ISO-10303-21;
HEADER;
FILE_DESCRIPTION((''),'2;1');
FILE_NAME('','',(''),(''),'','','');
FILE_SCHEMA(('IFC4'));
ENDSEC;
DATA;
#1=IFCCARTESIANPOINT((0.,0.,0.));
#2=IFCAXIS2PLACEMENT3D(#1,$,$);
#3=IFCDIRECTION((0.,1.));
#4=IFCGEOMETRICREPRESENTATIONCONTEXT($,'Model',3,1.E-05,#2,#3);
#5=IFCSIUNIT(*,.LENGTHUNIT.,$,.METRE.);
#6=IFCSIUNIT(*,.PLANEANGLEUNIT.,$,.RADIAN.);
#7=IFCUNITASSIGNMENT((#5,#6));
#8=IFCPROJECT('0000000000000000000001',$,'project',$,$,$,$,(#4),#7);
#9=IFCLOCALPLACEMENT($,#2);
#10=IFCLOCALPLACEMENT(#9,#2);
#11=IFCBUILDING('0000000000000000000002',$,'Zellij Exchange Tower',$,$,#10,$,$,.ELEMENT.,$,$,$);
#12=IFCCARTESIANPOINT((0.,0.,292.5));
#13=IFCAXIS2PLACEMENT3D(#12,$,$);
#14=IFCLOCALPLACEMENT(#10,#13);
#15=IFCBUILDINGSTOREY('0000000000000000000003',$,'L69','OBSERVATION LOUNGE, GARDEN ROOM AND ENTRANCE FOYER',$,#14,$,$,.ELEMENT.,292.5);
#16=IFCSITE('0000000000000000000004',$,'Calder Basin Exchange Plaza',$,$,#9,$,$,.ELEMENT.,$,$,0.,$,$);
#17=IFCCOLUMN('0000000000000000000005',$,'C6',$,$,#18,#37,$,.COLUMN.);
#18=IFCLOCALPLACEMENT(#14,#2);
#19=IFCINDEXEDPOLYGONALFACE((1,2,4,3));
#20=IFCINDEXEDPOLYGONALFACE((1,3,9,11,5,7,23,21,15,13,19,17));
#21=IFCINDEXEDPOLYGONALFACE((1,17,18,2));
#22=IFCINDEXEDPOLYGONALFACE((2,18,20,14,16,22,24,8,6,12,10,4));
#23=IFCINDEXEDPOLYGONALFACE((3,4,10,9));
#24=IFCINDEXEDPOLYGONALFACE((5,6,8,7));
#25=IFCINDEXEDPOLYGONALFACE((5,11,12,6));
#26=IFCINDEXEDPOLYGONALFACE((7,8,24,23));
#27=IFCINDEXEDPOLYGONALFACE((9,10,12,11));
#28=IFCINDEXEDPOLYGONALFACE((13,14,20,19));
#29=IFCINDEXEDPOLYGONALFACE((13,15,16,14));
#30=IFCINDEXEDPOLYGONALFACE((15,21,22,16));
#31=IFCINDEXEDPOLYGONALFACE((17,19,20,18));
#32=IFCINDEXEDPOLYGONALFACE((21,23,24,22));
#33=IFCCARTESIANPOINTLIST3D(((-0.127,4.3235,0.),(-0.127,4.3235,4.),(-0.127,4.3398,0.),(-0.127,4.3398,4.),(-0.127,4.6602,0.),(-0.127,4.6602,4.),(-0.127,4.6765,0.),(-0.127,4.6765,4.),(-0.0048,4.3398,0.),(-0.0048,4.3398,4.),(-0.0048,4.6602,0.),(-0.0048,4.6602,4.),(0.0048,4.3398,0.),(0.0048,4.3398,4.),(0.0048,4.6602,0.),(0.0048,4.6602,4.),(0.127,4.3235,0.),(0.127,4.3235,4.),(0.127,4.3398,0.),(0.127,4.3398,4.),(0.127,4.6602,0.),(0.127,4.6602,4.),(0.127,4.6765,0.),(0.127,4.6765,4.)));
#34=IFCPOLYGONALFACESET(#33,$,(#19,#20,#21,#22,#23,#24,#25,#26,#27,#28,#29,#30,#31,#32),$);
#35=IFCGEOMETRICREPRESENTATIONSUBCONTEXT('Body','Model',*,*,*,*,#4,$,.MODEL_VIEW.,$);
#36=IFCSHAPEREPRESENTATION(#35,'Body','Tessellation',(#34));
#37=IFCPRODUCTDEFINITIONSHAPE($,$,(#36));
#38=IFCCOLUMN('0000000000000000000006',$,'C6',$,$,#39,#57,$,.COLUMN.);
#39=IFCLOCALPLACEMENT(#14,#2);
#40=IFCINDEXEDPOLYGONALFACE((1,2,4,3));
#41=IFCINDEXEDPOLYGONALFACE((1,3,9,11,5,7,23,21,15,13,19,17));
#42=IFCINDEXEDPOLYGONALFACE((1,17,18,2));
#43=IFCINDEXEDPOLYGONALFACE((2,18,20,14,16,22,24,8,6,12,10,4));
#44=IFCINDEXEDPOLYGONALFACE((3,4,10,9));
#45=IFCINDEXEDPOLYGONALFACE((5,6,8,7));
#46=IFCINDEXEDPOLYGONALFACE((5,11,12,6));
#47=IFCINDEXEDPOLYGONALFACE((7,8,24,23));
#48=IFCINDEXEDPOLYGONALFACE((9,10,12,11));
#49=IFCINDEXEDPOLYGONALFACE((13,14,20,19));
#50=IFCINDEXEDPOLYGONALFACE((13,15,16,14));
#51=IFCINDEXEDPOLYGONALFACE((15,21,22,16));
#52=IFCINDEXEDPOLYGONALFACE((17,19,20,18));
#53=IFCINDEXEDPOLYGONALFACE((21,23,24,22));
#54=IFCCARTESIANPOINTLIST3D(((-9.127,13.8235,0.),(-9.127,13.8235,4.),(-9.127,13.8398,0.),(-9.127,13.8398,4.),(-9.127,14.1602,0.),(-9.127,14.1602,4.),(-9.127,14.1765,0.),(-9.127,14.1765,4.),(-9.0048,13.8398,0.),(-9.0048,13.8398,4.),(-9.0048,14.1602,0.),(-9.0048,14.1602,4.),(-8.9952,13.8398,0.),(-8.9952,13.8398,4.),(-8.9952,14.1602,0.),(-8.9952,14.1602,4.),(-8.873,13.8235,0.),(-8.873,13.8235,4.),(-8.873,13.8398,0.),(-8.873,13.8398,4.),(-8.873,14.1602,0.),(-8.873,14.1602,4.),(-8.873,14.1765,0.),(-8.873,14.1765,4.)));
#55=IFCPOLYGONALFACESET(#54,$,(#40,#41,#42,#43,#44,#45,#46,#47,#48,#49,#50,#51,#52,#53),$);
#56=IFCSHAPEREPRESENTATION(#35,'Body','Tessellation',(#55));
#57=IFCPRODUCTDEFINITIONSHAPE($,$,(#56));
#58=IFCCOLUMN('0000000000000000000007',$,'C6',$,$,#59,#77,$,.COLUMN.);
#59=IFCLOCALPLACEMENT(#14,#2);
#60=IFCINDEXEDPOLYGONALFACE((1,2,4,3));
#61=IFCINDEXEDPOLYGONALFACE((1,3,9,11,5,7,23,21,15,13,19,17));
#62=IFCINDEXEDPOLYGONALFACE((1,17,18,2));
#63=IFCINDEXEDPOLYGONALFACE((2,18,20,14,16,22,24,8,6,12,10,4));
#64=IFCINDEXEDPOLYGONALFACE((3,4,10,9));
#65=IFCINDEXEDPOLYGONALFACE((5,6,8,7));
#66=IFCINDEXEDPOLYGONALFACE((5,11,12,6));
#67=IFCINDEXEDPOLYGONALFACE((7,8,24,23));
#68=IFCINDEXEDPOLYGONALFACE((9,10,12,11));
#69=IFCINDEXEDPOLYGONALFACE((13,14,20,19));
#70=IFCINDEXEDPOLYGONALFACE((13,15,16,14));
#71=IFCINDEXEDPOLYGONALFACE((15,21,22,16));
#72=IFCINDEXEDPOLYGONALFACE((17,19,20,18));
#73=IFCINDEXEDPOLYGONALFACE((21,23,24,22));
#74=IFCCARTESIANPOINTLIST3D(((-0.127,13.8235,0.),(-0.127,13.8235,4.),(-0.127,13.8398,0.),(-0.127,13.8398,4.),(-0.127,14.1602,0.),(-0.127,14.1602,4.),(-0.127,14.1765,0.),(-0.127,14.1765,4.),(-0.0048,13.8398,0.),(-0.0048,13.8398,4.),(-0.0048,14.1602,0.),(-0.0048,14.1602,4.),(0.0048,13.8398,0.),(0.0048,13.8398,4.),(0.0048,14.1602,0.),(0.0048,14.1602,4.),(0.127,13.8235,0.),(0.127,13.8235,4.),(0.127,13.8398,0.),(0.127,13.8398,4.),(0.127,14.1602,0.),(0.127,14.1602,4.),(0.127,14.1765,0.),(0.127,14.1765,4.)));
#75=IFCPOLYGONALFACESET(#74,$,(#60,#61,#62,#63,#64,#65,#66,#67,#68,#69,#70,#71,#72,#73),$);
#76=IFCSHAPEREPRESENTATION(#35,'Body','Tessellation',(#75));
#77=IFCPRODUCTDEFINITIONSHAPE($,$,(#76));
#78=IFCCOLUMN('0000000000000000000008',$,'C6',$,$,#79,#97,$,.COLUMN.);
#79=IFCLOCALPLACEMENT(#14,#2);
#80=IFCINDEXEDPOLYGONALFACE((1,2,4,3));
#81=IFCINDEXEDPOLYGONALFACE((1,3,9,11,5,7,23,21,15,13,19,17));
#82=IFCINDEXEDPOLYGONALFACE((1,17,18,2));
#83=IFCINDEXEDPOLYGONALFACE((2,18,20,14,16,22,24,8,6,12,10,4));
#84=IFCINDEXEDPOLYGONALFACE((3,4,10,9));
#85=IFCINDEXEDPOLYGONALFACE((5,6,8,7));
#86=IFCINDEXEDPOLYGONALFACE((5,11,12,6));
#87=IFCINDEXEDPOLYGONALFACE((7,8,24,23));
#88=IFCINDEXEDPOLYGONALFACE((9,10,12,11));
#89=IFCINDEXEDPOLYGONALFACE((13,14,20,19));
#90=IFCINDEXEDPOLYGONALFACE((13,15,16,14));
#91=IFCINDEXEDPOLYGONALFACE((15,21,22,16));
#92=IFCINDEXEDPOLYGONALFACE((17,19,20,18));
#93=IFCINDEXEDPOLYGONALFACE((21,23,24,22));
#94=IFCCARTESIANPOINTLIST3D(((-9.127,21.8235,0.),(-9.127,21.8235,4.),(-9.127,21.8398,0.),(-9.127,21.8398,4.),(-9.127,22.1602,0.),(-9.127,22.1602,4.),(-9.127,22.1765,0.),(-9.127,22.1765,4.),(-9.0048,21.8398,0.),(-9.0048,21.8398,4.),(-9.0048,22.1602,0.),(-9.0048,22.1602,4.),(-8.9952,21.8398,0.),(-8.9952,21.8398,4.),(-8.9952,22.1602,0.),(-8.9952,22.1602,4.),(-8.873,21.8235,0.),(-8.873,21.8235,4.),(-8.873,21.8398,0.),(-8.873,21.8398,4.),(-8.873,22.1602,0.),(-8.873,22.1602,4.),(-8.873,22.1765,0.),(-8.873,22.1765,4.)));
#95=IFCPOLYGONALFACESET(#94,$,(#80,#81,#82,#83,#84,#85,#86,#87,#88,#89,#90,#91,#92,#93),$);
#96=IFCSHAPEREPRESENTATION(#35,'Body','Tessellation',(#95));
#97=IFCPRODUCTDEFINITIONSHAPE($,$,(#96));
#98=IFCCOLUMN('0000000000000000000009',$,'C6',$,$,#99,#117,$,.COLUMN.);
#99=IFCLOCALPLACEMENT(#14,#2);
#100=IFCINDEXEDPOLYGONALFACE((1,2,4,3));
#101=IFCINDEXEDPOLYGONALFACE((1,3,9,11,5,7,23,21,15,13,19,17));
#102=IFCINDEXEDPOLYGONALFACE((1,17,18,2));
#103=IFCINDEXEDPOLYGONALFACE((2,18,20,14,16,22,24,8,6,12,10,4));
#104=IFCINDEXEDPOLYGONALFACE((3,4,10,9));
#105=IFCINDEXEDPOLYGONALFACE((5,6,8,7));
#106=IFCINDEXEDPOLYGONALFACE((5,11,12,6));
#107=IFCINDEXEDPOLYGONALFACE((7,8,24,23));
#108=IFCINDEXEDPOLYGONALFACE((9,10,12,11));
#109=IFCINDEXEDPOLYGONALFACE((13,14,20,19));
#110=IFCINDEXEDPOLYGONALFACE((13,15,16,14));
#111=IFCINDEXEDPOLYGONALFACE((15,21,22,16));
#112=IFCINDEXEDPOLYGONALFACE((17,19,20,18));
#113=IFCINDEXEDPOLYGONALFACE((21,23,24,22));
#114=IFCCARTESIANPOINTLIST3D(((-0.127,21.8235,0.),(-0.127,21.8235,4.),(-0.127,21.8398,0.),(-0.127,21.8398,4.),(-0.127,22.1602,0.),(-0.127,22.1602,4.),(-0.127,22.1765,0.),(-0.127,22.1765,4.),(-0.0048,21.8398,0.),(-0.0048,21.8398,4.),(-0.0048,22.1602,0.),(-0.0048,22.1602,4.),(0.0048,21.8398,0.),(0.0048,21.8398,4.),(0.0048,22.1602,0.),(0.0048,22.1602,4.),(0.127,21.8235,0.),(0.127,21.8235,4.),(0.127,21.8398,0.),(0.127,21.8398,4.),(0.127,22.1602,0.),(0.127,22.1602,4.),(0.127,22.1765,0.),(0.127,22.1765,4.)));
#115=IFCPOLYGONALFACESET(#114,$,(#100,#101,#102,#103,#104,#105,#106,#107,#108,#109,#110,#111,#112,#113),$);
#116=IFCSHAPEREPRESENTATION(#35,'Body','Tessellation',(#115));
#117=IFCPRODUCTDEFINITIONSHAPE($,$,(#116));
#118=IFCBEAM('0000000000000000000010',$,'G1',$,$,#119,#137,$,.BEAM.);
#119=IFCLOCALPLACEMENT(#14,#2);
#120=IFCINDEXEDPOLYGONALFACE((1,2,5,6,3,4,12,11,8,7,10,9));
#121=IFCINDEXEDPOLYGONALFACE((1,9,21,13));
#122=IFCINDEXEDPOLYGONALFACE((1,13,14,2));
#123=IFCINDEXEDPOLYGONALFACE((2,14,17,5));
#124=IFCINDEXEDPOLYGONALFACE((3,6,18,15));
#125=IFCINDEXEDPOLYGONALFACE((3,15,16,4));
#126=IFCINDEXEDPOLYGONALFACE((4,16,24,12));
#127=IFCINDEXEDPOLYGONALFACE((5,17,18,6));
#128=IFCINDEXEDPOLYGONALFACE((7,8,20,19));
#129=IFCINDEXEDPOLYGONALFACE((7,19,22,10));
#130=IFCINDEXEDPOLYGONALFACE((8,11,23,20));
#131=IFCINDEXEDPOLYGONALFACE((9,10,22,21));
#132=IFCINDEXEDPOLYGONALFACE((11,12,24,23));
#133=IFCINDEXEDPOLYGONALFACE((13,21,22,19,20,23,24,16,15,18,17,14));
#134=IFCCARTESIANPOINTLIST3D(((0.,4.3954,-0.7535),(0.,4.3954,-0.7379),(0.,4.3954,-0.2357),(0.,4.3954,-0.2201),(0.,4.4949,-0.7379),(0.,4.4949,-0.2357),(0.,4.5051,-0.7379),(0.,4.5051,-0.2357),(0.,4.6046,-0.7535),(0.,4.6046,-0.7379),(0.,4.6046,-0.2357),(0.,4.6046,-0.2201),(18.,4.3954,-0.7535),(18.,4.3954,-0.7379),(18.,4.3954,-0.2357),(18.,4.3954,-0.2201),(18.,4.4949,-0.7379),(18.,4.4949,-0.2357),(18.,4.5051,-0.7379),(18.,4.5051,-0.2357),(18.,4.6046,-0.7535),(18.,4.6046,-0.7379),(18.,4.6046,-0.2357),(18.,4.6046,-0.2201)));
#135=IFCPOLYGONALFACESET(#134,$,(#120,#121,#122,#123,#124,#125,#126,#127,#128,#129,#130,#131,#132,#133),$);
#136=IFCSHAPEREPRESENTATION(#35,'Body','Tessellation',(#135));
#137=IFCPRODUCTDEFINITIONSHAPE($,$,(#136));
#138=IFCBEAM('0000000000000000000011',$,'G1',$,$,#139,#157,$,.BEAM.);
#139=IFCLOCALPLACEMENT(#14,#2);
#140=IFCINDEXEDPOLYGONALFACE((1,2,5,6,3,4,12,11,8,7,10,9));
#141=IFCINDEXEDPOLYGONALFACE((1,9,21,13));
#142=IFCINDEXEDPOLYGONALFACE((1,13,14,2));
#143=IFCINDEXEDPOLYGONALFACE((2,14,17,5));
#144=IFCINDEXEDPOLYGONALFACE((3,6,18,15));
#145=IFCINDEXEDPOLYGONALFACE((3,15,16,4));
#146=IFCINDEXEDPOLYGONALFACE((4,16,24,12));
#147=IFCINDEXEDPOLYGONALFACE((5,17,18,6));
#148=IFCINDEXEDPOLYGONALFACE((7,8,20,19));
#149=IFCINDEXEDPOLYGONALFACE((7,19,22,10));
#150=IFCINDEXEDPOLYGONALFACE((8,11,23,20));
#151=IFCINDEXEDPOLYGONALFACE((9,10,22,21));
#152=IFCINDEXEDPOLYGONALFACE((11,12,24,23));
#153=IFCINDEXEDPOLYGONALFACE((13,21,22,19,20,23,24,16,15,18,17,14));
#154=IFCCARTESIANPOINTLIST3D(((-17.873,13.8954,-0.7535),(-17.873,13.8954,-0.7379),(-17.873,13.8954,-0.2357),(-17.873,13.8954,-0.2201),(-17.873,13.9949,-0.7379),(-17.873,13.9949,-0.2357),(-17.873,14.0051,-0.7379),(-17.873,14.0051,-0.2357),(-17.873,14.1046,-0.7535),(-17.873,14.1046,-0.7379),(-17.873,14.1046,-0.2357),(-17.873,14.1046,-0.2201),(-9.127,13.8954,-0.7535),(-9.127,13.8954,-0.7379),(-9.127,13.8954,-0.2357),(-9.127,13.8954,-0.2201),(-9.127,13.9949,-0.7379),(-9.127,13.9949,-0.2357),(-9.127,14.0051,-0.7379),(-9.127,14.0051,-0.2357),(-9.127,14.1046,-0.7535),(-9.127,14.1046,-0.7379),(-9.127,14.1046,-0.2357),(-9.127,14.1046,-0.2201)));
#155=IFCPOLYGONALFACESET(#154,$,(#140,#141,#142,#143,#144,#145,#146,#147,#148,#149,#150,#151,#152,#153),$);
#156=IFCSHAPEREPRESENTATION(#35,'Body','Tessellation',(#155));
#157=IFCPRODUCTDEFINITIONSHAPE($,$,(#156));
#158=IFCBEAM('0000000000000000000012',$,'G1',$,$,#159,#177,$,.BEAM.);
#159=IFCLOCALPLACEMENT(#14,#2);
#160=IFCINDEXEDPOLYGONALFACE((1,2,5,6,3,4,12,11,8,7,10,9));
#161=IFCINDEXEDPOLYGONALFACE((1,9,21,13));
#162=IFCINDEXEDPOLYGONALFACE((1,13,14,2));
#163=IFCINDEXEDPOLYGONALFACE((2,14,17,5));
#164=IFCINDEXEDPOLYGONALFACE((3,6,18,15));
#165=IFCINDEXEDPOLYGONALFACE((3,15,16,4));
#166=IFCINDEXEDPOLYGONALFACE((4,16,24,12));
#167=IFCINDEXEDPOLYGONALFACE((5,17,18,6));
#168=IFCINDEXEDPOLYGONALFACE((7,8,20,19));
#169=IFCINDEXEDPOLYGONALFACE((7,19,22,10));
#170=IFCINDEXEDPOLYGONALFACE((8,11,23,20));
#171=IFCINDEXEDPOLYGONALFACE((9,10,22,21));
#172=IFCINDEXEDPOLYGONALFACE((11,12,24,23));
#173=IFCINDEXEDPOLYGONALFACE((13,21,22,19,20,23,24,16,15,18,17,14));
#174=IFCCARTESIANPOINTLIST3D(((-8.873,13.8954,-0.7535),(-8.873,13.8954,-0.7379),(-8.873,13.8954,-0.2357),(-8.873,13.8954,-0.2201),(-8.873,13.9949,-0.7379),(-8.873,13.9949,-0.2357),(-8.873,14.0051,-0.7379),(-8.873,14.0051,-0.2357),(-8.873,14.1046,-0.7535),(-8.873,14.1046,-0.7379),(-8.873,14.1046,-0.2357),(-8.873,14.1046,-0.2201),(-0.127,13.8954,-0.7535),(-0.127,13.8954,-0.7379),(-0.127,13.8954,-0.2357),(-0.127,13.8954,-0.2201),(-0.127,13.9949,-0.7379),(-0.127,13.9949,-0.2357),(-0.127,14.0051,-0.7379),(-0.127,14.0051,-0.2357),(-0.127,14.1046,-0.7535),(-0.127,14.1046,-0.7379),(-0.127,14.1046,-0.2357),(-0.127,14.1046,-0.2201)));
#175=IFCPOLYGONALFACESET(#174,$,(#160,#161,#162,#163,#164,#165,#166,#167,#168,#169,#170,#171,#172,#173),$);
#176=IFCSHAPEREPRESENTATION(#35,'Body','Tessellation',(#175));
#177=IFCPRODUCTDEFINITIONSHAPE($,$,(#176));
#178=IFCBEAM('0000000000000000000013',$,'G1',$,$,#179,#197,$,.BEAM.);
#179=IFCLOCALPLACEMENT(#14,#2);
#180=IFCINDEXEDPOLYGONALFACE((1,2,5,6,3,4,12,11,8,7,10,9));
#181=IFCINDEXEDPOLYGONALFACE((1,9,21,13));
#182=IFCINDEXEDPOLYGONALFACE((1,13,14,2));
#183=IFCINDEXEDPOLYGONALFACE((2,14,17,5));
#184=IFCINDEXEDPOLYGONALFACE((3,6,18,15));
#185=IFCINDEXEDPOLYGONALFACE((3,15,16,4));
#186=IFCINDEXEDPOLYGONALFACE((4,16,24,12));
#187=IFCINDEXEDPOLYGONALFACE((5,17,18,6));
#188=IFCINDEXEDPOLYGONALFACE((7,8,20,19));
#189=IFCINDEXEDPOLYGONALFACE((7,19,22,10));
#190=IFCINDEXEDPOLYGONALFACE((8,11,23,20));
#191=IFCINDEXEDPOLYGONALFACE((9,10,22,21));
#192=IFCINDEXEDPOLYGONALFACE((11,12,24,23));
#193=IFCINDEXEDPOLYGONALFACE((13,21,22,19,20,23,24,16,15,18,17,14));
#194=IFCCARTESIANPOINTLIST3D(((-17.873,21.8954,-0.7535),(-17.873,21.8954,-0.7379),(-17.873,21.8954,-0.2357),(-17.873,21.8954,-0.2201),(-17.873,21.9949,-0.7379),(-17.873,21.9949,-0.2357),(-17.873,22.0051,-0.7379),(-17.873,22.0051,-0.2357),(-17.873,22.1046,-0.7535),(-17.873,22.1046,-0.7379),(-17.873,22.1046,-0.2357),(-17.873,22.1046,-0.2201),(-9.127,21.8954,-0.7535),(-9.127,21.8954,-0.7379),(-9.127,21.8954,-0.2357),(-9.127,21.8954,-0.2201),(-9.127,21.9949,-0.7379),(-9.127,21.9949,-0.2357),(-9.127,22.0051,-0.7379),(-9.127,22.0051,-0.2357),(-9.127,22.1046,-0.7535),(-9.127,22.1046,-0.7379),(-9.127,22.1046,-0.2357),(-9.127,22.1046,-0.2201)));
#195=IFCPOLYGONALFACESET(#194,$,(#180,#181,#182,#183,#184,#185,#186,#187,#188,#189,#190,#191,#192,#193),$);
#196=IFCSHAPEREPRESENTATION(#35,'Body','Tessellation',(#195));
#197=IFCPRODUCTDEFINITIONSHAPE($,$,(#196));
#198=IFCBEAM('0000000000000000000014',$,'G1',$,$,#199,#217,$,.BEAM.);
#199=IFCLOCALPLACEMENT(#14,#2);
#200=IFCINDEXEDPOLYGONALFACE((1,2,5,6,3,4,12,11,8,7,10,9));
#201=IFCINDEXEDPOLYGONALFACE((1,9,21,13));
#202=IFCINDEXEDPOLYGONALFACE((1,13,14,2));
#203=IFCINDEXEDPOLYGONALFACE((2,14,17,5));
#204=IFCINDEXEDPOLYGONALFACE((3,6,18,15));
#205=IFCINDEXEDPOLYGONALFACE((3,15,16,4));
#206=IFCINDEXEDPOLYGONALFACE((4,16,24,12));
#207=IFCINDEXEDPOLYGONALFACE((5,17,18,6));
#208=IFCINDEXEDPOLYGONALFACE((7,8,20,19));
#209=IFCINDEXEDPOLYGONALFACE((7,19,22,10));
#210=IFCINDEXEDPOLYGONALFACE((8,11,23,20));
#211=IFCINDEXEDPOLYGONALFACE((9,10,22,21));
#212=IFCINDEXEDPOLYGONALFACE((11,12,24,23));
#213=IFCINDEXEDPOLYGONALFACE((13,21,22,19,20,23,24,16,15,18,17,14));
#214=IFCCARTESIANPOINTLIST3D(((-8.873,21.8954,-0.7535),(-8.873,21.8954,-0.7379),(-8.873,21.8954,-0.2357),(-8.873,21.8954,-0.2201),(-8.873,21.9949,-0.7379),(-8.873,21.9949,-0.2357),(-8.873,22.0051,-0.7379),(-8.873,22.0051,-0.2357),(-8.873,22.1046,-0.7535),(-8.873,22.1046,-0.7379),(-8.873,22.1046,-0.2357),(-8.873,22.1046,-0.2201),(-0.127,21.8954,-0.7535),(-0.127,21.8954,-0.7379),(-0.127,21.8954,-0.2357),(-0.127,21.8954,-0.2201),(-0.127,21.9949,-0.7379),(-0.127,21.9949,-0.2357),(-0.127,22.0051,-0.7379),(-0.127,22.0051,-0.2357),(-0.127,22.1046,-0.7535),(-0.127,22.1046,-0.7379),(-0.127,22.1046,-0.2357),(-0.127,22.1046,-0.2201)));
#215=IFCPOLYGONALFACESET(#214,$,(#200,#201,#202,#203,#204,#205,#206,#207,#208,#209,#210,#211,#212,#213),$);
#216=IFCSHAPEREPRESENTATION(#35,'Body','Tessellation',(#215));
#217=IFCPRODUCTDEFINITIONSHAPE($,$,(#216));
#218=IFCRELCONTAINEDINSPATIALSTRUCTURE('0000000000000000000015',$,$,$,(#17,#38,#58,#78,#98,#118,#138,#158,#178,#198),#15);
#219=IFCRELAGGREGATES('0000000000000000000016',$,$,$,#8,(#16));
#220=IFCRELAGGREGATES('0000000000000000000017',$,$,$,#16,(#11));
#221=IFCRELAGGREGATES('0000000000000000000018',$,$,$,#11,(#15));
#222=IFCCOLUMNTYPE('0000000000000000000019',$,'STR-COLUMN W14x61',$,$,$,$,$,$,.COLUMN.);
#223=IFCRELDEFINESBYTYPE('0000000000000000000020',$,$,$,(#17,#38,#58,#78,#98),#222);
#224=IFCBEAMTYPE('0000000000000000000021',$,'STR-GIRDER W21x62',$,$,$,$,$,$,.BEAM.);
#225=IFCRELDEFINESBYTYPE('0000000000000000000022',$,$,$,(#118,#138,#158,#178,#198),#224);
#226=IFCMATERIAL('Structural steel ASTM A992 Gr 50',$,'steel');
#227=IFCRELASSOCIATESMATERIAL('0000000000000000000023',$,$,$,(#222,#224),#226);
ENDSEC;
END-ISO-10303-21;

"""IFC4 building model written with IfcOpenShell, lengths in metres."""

from ifc_helpers import new_model, si_unit, direction, frame, origin, origin_2d, place, context, subcontext, project, spatial, i_section, extrude, material, material_profile, profile_set, type_object, element, save


model = new_model("IFC4")

# Units and contexts
model_context = context("Model", 3, precision=1e-05, world=origin(), true_north=direction((0.0, 1.0)))
body_context = subcontext(model_context, "Body", "Model", "MODEL_VIEW")
ifc_project = project(units=[si_unit("LENGTHUNIT", "METRE"), si_unit("PLANEANGLEUNIT", "RADIAN")], contexts=[model_context])

# Site, building, storey
site_placement = place(None, origin())
site = spatial("IfcSite", under=ifc_project, at=site_placement, Name="Calder Basin Exchange Plaza", CompositionType="ELEMENT", RefElevation=0.0)
building_placement = place(site_placement, origin())
building = spatial("IfcBuilding", under=site, at=building_placement, Name="Zellij Exchange Tower", CompositionType="ELEMENT")
storey_placement = place(building_placement, frame((0.0, 0.0, 292.5)))
storey = spatial("IfcBuildingStorey", under=building, at=storey_placement, Name="L69", Description="OBSERVATION LOUNGE, GARDEN ROOM AND ENTRANCE FOYER", CompositionType="ELEMENT", Elevation=292.5)

# Columns
ifc_material_1 = material(Name="Structural steel ASTM A992 Gr 50", Category="steel")
ifc_material_profile_1 = material_profile(ifc_material_1, i_section(OverallWidth=0.2539, OverallDepth=0.353, WebThickness=0.0095, FlangeThickness=0.0164, at=origin_2d()), Name="W14x61")
ifc_profile_set_1 = profile_set([ifc_material_profile_1], Name="Structural steel ASTM A992 Gr 50")
column_type = type_object("IfcColumnType", Name="STR-COLUMN W14x61", PredefinedType="COLUMN", material=ifc_profile_set_1)
for number, where, z_axis, x_axis, name in (
    (1, (0.0, 4.5, 0.0), (0.0, 0.0, 1.0), (1.0, 0.0, 0.0), "C6"),
    (2, (-9.0, 14.0, 0.0), (0.0, 0.0, 1.0), (1.0, 0.0, 0.0), "C6"),
    (3, (0.0, 14.0, 0.0), (0.0, 0.0, 1.0), (1.0, 0.0, 0.0), "C6"),
    (4, (-9.0, 22.0, 0.0), (0.0, 0.0, 1.0), (1.0, 0.0, 0.0), "C6"),
    (5, (0.0, 22.0, 0.0), (0.0, 0.0, 1.0), (1.0, 0.0, 0.0), "C6"),
):
    element("IfcColumn", number, at=place(storey_placement, frame(where, z_axis=z_axis, x_axis=x_axis)), inside=storey, type_object=column_type, Name=name, PredefinedType="COLUMN", context=body_context, shape_type="SweptSolid", body=[
        extrude(i_section(OverallWidth=0.2539, OverallDepth=0.353, WebThickness=0.0095, FlangeThickness=0.0164, at=origin_2d()), origin(), (0.0, 0.0, 1.0), 4.0),
    ])

# Beams
ifc_material_profile_2 = material_profile(ifc_material_1, i_section(OverallWidth=0.2092, OverallDepth=0.5334, WebThickness=0.0103, FlangeThickness=0.0156, at=origin_2d()), Name="W21x62")
ifc_profile_set_2 = profile_set([ifc_material_profile_2], Name="Structural steel ASTM A992 Gr 50")
beam_type = type_object("IfcBeamType", Name="STR-GIRDER W21x62", PredefinedType="BEAM", material=ifc_profile_set_2)
beam_1_placement = place(storey_placement, frame((0.0, 4.5, -0.4868), z_axis=(1.0, 0.0, 0.0), x_axis=(0.0, 1.0, 0.0)))
element("IfcBeam", 6, at=beam_1_placement, inside=storey, type_object=beam_type, Name="G1", PredefinedType="BEAM", context=body_context, shape_type="SweptSolid", body=[
    extrude(i_section(OverallWidth=0.2092, OverallDepth=0.5334, WebThickness=0.0103, FlangeThickness=0.0156, at=origin_2d()), origin(), (0.0, 0.0, 1.0), 18.0),
])
for number, where, z_axis, x_axis, name in (
    (7, (-17.873, 14.0, -0.4868), (1.0, 0.0, 0.0), (0.0, 1.0, 0.0), "G1"),
    (8, (-8.873, 14.0, -0.4868), (1.0, 0.0, 0.0), (0.0, 1.0, 0.0), "G1"),
    (9, (-17.873, 22.0, -0.4868), (1.0, 0.0, 0.0), (0.0, 1.0, 0.0), "G1"),
    (10, (-8.873, 22.0, -0.4868), (1.0, 0.0, 0.0), (0.0, 1.0, 0.0), "G1"),
):
    element("IfcBeam", number, at=place(storey_placement, frame(where, z_axis=z_axis, x_axis=x_axis)), inside=storey, type_object=beam_type, Name=name, PredefinedType="BEAM", context=body_context, shape_type="SweptSolid", body=[
        extrude(i_section(OverallWidth=0.2092, OverallDepth=0.5334, WebThickness=0.0103, FlangeThickness=0.0156, at=origin_2d()), origin(), (0.0, 0.0, 1.0), 8.7461),
    ])

save(model, "model.ifc")
